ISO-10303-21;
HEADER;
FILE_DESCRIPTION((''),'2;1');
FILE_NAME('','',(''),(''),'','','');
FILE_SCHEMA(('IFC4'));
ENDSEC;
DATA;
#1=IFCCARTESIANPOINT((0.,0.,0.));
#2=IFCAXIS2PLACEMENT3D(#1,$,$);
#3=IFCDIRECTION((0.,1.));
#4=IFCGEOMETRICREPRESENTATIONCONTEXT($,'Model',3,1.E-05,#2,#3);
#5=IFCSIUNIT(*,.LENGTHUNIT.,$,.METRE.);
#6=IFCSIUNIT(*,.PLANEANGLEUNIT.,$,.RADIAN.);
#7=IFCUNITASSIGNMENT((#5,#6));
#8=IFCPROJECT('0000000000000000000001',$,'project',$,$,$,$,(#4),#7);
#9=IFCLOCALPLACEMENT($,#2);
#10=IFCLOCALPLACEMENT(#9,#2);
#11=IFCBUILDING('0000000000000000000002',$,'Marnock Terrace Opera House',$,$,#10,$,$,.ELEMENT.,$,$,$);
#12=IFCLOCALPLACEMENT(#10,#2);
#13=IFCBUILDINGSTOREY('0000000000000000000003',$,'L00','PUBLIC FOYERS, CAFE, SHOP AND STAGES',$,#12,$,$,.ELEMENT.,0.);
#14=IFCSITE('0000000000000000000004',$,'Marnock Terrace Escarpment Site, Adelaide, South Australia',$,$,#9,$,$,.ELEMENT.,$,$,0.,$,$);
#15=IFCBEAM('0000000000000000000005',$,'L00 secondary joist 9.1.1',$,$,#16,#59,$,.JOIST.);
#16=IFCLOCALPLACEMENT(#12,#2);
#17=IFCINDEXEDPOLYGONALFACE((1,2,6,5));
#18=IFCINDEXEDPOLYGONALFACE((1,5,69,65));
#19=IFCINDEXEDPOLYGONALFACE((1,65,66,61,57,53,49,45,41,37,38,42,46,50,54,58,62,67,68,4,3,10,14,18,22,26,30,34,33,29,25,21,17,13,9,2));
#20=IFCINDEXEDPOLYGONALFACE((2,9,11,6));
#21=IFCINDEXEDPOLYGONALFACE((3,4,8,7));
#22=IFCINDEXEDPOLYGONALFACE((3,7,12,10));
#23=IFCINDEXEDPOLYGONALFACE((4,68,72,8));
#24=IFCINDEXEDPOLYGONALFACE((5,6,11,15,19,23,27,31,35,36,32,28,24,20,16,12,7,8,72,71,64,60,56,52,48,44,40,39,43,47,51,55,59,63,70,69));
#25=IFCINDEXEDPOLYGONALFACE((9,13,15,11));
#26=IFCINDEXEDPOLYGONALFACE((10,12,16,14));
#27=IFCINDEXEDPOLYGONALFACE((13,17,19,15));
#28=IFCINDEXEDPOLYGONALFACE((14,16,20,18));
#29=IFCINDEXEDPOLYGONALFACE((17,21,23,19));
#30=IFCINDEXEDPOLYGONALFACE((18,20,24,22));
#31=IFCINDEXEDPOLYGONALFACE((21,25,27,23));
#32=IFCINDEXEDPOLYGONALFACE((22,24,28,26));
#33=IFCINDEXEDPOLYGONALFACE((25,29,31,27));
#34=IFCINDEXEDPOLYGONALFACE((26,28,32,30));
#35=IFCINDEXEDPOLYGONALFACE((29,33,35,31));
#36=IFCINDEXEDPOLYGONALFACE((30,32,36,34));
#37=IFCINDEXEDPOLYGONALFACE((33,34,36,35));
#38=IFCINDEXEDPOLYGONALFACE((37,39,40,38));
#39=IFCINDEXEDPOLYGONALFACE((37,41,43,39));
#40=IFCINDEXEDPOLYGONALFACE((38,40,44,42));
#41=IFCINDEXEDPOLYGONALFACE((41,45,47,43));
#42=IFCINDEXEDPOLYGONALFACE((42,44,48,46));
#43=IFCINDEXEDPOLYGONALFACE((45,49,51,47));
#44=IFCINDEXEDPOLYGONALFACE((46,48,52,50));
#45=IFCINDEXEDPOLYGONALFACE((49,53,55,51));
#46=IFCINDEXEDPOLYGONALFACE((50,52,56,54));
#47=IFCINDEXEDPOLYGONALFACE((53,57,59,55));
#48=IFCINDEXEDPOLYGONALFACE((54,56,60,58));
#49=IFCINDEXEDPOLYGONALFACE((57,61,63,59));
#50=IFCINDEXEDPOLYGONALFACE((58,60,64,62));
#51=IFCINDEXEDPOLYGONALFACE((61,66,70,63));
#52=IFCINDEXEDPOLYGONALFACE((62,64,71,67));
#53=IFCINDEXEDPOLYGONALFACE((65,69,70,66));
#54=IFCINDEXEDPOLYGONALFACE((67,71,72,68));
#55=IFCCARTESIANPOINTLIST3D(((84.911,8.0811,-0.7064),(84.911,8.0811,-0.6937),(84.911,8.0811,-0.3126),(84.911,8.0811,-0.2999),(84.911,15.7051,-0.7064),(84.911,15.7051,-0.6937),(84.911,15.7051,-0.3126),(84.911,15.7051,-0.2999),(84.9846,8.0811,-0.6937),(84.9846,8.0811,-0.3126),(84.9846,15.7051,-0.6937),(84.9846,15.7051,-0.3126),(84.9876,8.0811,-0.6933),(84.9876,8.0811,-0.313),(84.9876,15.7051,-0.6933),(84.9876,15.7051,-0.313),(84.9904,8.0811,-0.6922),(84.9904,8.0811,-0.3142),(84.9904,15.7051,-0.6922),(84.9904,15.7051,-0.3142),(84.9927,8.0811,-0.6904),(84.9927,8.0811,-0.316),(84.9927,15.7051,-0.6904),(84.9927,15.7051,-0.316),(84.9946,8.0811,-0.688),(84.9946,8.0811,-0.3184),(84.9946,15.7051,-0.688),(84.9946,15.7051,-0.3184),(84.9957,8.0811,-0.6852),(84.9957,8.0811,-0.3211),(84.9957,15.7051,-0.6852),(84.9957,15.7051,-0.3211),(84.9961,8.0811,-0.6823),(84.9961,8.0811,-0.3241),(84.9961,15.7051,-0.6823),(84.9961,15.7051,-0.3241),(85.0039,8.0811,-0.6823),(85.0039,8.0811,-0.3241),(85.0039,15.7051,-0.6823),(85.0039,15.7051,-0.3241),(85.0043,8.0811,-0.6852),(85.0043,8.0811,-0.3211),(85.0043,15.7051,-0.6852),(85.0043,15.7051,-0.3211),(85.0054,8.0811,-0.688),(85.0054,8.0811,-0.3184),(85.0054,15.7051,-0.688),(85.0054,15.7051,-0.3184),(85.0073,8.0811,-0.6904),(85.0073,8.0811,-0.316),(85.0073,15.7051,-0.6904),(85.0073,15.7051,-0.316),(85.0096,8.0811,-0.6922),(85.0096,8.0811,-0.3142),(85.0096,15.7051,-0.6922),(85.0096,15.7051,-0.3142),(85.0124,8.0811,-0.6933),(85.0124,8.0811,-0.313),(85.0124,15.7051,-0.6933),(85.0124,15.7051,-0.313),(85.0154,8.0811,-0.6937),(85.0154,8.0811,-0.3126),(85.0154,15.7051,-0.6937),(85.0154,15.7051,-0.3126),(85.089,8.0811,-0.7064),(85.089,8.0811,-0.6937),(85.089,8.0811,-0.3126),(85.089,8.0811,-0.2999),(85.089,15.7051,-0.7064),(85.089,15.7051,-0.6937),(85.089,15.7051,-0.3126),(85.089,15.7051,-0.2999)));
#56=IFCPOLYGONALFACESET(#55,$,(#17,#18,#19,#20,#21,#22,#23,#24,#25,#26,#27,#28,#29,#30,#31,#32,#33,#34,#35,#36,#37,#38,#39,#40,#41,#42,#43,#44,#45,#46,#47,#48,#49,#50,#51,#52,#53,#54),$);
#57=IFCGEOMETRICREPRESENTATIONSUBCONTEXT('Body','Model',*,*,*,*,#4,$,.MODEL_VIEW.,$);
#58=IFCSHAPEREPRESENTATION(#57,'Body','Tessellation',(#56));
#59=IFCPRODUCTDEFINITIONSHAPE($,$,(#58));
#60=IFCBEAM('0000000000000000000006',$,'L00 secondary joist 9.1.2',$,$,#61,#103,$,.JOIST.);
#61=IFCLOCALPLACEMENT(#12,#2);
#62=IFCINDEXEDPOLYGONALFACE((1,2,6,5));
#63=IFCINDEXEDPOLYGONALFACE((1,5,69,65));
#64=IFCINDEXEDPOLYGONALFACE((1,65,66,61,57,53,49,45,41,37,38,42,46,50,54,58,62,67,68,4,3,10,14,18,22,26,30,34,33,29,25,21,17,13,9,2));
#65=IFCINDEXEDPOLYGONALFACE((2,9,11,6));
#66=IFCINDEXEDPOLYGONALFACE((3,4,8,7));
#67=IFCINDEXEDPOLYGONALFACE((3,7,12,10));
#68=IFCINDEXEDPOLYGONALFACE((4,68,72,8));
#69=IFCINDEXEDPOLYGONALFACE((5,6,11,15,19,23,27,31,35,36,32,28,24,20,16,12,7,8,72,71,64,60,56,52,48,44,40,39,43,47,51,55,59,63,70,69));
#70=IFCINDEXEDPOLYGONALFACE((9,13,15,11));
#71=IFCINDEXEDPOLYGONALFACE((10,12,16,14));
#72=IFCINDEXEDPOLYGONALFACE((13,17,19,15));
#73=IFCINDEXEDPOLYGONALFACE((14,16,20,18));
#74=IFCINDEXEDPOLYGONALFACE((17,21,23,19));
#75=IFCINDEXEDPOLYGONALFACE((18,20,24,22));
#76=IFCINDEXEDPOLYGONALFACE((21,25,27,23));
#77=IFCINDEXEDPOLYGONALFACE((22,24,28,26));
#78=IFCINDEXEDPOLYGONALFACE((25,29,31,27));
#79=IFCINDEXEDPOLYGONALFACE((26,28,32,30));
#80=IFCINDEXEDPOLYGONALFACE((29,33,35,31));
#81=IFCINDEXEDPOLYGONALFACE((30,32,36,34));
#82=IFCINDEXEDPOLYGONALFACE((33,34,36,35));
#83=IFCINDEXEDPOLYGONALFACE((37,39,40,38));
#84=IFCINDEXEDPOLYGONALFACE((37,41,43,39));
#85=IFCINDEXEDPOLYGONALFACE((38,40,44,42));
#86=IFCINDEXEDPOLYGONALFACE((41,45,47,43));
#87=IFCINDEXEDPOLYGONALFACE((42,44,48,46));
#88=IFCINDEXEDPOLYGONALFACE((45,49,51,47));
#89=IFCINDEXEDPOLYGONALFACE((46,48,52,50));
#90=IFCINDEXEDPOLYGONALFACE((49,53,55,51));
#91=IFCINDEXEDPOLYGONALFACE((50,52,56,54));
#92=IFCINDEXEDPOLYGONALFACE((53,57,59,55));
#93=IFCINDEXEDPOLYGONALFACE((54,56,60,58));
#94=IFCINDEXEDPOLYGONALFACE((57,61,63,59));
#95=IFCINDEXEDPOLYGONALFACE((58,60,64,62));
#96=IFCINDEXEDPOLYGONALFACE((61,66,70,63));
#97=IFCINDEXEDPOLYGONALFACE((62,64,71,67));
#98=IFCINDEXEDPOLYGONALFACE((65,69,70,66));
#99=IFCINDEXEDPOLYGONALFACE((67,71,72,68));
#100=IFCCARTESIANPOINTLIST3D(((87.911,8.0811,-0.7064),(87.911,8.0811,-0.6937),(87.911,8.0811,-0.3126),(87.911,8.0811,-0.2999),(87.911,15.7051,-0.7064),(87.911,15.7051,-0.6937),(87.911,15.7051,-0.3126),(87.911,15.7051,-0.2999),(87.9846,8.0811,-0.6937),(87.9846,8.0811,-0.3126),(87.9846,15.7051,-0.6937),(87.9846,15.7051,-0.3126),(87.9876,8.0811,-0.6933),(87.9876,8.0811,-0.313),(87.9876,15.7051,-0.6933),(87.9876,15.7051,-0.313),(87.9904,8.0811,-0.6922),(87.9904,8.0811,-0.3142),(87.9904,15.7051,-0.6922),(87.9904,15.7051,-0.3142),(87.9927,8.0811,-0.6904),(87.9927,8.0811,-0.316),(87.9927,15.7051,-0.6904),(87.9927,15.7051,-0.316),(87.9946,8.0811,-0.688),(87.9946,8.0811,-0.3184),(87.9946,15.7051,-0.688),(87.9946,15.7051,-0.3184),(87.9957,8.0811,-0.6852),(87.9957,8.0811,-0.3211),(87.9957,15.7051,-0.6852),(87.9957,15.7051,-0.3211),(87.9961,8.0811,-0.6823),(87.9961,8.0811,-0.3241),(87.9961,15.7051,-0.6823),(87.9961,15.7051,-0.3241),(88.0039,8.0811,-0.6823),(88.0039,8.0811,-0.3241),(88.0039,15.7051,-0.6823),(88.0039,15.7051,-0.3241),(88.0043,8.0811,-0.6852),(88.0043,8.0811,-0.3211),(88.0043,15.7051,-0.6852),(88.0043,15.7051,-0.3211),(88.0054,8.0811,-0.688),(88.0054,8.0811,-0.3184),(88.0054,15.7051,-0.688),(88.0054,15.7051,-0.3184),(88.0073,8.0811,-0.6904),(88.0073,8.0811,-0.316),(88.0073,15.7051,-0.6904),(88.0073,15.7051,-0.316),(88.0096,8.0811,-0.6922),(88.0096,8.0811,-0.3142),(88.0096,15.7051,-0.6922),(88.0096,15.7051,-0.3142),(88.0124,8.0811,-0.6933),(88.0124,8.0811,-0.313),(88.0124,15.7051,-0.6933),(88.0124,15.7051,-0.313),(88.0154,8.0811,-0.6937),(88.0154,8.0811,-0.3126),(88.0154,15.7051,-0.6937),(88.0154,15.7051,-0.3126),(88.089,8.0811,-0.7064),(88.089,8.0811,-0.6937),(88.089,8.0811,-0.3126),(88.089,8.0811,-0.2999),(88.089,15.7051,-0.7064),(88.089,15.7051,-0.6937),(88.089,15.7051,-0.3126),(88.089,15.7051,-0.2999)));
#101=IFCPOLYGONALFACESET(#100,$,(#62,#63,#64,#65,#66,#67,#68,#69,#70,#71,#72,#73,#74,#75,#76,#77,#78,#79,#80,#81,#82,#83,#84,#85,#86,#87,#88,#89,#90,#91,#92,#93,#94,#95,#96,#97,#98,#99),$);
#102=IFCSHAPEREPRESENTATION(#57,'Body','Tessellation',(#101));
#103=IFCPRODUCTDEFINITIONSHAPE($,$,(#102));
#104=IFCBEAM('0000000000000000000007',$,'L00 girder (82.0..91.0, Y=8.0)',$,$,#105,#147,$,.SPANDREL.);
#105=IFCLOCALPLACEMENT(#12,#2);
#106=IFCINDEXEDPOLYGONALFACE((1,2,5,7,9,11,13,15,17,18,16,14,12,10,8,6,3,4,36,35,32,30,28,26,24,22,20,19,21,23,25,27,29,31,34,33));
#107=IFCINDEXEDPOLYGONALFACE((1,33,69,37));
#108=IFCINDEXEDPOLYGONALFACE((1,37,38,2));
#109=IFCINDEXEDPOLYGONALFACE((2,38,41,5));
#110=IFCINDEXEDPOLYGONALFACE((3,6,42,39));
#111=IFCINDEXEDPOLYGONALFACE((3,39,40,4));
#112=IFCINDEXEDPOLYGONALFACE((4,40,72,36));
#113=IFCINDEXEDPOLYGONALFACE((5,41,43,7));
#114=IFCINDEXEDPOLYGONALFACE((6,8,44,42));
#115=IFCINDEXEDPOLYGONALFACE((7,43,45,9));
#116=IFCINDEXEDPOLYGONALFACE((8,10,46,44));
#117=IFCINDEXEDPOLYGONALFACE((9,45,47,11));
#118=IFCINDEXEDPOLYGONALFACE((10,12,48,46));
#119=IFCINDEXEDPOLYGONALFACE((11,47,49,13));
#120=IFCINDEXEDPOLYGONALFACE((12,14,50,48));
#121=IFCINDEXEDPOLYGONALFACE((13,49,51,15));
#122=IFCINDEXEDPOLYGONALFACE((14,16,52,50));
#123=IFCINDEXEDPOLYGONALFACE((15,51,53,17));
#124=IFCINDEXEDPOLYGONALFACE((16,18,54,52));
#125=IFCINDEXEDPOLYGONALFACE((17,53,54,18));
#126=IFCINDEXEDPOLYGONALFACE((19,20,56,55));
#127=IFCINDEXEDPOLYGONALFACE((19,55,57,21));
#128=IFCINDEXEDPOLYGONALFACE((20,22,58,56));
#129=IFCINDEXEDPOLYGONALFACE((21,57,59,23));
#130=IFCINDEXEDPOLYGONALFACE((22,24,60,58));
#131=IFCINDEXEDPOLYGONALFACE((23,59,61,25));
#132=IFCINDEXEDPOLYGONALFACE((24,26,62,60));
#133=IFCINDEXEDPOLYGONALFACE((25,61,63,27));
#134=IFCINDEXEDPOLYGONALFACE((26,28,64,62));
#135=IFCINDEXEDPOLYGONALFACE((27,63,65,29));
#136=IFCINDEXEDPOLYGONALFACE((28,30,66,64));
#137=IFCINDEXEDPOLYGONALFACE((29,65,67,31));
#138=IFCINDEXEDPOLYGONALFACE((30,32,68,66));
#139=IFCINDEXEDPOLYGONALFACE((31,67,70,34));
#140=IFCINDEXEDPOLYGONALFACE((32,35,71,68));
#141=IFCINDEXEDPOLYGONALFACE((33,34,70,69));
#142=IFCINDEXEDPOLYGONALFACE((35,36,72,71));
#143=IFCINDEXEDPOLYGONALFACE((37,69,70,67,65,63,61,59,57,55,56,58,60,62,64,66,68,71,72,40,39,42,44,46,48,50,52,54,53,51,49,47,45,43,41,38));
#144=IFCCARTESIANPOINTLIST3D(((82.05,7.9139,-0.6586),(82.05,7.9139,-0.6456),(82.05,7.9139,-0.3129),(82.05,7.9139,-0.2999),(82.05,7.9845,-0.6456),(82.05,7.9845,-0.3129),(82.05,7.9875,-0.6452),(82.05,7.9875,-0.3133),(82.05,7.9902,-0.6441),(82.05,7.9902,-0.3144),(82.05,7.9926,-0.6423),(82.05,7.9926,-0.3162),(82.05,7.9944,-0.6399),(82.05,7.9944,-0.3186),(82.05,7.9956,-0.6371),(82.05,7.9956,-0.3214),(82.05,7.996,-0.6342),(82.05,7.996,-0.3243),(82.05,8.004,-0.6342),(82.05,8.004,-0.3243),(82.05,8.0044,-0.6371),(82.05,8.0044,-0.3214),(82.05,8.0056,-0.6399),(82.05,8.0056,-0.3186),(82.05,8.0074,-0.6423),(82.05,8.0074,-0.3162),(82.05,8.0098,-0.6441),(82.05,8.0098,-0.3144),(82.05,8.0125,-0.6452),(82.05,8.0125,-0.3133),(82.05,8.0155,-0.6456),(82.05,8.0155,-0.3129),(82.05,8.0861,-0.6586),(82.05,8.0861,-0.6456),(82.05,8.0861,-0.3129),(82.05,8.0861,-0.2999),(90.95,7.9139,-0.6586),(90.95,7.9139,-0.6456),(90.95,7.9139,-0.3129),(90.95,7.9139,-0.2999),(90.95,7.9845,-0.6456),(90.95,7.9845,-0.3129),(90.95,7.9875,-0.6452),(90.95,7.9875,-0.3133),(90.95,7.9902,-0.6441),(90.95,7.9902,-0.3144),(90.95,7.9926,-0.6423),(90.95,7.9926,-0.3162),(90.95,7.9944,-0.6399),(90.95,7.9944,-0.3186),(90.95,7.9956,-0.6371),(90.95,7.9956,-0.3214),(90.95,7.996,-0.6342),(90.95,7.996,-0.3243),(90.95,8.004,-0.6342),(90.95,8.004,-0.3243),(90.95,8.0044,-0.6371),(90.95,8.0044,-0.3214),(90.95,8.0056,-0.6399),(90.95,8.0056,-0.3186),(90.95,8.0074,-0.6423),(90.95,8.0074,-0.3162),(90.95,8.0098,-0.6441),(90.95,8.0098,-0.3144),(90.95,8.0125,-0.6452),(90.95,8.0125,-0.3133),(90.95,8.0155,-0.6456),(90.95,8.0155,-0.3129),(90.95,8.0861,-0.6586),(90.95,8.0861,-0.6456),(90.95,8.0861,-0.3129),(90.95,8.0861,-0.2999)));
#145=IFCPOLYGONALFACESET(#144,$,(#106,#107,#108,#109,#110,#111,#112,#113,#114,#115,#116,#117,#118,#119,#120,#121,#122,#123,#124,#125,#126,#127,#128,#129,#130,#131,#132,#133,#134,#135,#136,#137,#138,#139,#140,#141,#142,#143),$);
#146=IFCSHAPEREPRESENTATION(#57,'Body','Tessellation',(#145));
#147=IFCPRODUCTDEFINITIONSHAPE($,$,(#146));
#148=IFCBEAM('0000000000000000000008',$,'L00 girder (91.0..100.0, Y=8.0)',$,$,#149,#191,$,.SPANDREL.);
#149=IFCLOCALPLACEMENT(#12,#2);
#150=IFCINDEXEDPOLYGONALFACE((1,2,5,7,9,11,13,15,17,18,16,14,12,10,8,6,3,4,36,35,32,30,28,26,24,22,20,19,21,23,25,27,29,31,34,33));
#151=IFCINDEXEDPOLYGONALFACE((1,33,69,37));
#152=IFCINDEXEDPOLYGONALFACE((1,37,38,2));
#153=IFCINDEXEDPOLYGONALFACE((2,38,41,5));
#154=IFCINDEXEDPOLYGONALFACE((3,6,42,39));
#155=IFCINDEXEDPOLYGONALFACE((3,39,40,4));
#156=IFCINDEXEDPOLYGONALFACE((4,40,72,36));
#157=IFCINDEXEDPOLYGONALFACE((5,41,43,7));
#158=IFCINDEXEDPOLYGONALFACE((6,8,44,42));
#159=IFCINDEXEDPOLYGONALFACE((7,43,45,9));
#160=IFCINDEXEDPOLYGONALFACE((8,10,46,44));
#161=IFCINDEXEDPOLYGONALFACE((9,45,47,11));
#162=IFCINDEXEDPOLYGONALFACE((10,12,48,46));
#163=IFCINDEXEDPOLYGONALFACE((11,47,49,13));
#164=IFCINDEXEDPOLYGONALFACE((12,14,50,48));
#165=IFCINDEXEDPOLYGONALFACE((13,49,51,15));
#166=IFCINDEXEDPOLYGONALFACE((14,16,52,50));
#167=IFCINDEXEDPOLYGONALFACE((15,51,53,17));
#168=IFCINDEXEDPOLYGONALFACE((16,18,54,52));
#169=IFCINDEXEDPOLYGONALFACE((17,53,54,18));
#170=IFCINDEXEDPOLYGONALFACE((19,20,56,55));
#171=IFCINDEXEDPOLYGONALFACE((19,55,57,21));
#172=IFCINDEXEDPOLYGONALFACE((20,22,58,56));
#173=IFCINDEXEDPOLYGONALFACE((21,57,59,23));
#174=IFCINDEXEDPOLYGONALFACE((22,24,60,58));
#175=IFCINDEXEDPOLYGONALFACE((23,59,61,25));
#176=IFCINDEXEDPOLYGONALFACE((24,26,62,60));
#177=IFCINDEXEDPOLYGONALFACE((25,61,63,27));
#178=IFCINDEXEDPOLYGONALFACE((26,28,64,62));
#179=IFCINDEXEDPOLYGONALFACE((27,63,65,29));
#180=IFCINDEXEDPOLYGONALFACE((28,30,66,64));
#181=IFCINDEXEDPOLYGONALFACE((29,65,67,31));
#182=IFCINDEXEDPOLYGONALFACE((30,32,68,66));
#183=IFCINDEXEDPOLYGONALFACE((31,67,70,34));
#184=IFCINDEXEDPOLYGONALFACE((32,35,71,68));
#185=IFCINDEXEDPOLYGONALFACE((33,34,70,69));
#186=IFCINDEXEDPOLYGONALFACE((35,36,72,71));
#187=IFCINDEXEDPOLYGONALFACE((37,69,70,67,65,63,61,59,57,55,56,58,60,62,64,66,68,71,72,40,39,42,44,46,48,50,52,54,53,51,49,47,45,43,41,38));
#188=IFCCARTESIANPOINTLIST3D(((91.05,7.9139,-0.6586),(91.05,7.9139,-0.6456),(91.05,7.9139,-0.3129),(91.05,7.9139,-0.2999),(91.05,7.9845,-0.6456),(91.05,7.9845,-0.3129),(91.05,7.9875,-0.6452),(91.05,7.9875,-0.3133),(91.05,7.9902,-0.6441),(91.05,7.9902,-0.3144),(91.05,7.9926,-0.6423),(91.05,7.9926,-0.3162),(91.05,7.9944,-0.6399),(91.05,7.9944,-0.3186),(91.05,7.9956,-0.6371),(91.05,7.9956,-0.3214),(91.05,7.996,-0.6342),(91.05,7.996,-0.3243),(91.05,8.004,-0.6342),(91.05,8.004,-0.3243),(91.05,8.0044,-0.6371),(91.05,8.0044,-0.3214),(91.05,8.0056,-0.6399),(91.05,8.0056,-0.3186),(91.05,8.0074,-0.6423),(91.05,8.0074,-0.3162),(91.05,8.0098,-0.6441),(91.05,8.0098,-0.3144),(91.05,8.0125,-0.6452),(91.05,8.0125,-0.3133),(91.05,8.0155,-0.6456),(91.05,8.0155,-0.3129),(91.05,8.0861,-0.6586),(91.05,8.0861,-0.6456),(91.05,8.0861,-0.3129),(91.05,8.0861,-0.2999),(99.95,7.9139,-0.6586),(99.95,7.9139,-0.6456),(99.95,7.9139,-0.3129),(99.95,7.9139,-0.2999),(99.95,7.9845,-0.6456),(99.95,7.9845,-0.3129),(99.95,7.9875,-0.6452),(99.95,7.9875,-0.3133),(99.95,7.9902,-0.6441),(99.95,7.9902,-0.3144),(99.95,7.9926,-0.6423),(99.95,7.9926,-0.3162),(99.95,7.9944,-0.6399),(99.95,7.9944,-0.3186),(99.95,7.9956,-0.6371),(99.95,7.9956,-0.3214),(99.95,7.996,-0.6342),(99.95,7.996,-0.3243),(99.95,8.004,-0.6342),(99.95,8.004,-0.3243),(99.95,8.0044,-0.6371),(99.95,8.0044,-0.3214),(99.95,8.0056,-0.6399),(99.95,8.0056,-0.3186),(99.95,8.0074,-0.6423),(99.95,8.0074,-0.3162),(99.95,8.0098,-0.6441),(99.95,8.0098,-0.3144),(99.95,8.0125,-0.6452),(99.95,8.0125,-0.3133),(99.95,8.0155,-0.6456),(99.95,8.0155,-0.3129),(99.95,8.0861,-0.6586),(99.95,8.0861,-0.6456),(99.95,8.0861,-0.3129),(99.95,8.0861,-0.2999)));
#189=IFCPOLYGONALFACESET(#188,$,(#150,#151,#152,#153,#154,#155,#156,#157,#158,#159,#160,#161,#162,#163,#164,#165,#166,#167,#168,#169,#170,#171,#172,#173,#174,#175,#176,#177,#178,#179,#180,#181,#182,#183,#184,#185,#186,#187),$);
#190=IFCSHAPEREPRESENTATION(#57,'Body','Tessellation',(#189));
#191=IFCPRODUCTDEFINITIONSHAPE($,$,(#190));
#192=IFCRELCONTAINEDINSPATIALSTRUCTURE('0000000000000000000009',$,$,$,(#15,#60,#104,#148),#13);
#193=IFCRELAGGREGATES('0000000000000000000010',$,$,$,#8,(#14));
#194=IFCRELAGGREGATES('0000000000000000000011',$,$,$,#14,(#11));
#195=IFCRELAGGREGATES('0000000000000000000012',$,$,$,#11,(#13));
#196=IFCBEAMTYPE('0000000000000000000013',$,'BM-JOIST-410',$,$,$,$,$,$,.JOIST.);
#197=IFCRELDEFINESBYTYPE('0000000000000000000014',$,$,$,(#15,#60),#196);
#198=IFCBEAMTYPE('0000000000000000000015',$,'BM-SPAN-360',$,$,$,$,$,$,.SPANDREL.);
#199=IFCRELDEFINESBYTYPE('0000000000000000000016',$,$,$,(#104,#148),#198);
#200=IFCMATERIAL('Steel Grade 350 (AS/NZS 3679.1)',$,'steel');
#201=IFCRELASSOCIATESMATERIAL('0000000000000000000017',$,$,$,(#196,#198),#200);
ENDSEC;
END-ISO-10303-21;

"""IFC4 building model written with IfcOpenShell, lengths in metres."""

from ifc_helpers import new_model, si_unit, direction, frame, origin, origin_2d, place, context, subcontext, project, spatial, i_section, extrude, material, material_profile, profile_set, type_object, element, save


model = new_model("IFC4")

# Units and contexts
model_context = context("Model", 3, precision=1e-05, world=origin(), true_north=direction((0.0, 1.0)))
body_context = subcontext(model_context, "Body", "Model", "MODEL_VIEW")
ifc_project = project(units=[si_unit("LENGTHUNIT", "METRE"), si_unit("PLANEANGLEUNIT", "RADIAN")], contexts=[model_context])

# Site, building, storey
site_placement = place(None, origin())
site = spatial("IfcSite", under=ifc_project, at=site_placement, Name="Marnock Terrace Escarpment Site, Adelaide, South Australia", CompositionType="ELEMENT", RefElevation=0.0)
building_placement = place(site_placement, origin())
building = spatial("IfcBuilding", under=site, at=building_placement, Name="Marnock Terrace Opera House", CompositionType="ELEMENT")
storey_placement = place(building_placement, origin())
storey = spatial("IfcBuildingStorey", under=building, at=storey_placement, Name="L00", Description="PUBLIC FOYERS, CAFE, SHOP AND STAGES", CompositionType="ELEMENT", Elevation=0.0)

# Beams
ifc_material_1 = material(Name="Steel Grade 350 (AS/NZS 3679.1)", Category="steel")
ifc_material_profile_1 = material_profile(ifc_material_1, i_section(OverallWidth=0.178, OverallDepth=0.4065, WebThickness=0.0078, FlangeThickness=0.0127, FilletRadius=0.0115, at=origin_2d()))
ifc_profile_set_1 = profile_set([ifc_material_profile_1], Name="Steel Grade 350 (AS/NZS 3679.1)")
beam_type_1 = type_object("IfcBeamType", Name="BM-JOIST-410", PredefinedType="JOIST", material=ifc_profile_set_1)
for number, where, z_axis, x_axis, name in (
    (1, (85.0, 8.0811, -0.5032), (0.0, 1.0, 0.0), (-1.0, 0.0, 0.0), "L00 secondary joist 9.1.1"),
    (2, (88.0, 8.0811, -0.5032), (0.0, 1.0, 0.0), (-1.0, 0.0, 0.0), "L00 secondary joist 9.1.2"),
):
    element("IfcBeam", number, at=place(storey_placement, frame(where, z_axis=z_axis, x_axis=x_axis)), inside=storey, type_object=beam_type_1, Name=name, PredefinedType="JOIST", context=body_context, shape_type="SweptSolid", body=[
        extrude(i_section(OverallWidth=0.178, OverallDepth=0.4065, WebThickness=0.0078, FlangeThickness=0.0127, FilletRadius=0.0115, at=origin_2d()), origin(), (0.0, 0.0, 1.0), 7.624),
    ])
ifc_material_profile_2 = material_profile(ifc_material_1, i_section(OverallWidth=0.1721, OverallDepth=0.3586, WebThickness=0.0081, FlangeThickness=0.0129, FilletRadius=0.0115, at=origin_2d()))
ifc_profile_set_2 = profile_set([ifc_material_profile_2], Name="Steel Grade 350 (AS/NZS 3679.1)")
beam_type_2 = type_object("IfcBeamType", Name="BM-SPAN-360", PredefinedType="SPANDREL", material=ifc_profile_set_2)
for number, where, z_axis, x_axis, name in (
    (3, (82.05, 8.0, -0.4792), (1.0, 0.0, 0.0), (0.0, 1.0, 0.0), "L00 girder (82.0..91.0, Y=8.0)"),
    (4, (91.05, 8.0, -0.4792), (1.0, 0.0, 0.0), (0.0, 1.0, 0.0), "L00 girder (91.0..100.0, Y=8.0)"),
):
    element("IfcBeam", number, at=place(storey_placement, frame(where, z_axis=z_axis, x_axis=x_axis)), inside=storey, type_object=beam_type_2, Name=name, PredefinedType="SPANDREL", context=body_context, shape_type="SweptSolid", body=[
        extrude(i_section(OverallWidth=0.1721, OverallDepth=0.3586, WebThickness=0.0081, FlangeThickness=0.0129, FilletRadius=0.0115, at=origin_2d()), origin(), (0.0, 0.0, 1.0), 8.8999),
    ])

save(model, "model.ifc")
